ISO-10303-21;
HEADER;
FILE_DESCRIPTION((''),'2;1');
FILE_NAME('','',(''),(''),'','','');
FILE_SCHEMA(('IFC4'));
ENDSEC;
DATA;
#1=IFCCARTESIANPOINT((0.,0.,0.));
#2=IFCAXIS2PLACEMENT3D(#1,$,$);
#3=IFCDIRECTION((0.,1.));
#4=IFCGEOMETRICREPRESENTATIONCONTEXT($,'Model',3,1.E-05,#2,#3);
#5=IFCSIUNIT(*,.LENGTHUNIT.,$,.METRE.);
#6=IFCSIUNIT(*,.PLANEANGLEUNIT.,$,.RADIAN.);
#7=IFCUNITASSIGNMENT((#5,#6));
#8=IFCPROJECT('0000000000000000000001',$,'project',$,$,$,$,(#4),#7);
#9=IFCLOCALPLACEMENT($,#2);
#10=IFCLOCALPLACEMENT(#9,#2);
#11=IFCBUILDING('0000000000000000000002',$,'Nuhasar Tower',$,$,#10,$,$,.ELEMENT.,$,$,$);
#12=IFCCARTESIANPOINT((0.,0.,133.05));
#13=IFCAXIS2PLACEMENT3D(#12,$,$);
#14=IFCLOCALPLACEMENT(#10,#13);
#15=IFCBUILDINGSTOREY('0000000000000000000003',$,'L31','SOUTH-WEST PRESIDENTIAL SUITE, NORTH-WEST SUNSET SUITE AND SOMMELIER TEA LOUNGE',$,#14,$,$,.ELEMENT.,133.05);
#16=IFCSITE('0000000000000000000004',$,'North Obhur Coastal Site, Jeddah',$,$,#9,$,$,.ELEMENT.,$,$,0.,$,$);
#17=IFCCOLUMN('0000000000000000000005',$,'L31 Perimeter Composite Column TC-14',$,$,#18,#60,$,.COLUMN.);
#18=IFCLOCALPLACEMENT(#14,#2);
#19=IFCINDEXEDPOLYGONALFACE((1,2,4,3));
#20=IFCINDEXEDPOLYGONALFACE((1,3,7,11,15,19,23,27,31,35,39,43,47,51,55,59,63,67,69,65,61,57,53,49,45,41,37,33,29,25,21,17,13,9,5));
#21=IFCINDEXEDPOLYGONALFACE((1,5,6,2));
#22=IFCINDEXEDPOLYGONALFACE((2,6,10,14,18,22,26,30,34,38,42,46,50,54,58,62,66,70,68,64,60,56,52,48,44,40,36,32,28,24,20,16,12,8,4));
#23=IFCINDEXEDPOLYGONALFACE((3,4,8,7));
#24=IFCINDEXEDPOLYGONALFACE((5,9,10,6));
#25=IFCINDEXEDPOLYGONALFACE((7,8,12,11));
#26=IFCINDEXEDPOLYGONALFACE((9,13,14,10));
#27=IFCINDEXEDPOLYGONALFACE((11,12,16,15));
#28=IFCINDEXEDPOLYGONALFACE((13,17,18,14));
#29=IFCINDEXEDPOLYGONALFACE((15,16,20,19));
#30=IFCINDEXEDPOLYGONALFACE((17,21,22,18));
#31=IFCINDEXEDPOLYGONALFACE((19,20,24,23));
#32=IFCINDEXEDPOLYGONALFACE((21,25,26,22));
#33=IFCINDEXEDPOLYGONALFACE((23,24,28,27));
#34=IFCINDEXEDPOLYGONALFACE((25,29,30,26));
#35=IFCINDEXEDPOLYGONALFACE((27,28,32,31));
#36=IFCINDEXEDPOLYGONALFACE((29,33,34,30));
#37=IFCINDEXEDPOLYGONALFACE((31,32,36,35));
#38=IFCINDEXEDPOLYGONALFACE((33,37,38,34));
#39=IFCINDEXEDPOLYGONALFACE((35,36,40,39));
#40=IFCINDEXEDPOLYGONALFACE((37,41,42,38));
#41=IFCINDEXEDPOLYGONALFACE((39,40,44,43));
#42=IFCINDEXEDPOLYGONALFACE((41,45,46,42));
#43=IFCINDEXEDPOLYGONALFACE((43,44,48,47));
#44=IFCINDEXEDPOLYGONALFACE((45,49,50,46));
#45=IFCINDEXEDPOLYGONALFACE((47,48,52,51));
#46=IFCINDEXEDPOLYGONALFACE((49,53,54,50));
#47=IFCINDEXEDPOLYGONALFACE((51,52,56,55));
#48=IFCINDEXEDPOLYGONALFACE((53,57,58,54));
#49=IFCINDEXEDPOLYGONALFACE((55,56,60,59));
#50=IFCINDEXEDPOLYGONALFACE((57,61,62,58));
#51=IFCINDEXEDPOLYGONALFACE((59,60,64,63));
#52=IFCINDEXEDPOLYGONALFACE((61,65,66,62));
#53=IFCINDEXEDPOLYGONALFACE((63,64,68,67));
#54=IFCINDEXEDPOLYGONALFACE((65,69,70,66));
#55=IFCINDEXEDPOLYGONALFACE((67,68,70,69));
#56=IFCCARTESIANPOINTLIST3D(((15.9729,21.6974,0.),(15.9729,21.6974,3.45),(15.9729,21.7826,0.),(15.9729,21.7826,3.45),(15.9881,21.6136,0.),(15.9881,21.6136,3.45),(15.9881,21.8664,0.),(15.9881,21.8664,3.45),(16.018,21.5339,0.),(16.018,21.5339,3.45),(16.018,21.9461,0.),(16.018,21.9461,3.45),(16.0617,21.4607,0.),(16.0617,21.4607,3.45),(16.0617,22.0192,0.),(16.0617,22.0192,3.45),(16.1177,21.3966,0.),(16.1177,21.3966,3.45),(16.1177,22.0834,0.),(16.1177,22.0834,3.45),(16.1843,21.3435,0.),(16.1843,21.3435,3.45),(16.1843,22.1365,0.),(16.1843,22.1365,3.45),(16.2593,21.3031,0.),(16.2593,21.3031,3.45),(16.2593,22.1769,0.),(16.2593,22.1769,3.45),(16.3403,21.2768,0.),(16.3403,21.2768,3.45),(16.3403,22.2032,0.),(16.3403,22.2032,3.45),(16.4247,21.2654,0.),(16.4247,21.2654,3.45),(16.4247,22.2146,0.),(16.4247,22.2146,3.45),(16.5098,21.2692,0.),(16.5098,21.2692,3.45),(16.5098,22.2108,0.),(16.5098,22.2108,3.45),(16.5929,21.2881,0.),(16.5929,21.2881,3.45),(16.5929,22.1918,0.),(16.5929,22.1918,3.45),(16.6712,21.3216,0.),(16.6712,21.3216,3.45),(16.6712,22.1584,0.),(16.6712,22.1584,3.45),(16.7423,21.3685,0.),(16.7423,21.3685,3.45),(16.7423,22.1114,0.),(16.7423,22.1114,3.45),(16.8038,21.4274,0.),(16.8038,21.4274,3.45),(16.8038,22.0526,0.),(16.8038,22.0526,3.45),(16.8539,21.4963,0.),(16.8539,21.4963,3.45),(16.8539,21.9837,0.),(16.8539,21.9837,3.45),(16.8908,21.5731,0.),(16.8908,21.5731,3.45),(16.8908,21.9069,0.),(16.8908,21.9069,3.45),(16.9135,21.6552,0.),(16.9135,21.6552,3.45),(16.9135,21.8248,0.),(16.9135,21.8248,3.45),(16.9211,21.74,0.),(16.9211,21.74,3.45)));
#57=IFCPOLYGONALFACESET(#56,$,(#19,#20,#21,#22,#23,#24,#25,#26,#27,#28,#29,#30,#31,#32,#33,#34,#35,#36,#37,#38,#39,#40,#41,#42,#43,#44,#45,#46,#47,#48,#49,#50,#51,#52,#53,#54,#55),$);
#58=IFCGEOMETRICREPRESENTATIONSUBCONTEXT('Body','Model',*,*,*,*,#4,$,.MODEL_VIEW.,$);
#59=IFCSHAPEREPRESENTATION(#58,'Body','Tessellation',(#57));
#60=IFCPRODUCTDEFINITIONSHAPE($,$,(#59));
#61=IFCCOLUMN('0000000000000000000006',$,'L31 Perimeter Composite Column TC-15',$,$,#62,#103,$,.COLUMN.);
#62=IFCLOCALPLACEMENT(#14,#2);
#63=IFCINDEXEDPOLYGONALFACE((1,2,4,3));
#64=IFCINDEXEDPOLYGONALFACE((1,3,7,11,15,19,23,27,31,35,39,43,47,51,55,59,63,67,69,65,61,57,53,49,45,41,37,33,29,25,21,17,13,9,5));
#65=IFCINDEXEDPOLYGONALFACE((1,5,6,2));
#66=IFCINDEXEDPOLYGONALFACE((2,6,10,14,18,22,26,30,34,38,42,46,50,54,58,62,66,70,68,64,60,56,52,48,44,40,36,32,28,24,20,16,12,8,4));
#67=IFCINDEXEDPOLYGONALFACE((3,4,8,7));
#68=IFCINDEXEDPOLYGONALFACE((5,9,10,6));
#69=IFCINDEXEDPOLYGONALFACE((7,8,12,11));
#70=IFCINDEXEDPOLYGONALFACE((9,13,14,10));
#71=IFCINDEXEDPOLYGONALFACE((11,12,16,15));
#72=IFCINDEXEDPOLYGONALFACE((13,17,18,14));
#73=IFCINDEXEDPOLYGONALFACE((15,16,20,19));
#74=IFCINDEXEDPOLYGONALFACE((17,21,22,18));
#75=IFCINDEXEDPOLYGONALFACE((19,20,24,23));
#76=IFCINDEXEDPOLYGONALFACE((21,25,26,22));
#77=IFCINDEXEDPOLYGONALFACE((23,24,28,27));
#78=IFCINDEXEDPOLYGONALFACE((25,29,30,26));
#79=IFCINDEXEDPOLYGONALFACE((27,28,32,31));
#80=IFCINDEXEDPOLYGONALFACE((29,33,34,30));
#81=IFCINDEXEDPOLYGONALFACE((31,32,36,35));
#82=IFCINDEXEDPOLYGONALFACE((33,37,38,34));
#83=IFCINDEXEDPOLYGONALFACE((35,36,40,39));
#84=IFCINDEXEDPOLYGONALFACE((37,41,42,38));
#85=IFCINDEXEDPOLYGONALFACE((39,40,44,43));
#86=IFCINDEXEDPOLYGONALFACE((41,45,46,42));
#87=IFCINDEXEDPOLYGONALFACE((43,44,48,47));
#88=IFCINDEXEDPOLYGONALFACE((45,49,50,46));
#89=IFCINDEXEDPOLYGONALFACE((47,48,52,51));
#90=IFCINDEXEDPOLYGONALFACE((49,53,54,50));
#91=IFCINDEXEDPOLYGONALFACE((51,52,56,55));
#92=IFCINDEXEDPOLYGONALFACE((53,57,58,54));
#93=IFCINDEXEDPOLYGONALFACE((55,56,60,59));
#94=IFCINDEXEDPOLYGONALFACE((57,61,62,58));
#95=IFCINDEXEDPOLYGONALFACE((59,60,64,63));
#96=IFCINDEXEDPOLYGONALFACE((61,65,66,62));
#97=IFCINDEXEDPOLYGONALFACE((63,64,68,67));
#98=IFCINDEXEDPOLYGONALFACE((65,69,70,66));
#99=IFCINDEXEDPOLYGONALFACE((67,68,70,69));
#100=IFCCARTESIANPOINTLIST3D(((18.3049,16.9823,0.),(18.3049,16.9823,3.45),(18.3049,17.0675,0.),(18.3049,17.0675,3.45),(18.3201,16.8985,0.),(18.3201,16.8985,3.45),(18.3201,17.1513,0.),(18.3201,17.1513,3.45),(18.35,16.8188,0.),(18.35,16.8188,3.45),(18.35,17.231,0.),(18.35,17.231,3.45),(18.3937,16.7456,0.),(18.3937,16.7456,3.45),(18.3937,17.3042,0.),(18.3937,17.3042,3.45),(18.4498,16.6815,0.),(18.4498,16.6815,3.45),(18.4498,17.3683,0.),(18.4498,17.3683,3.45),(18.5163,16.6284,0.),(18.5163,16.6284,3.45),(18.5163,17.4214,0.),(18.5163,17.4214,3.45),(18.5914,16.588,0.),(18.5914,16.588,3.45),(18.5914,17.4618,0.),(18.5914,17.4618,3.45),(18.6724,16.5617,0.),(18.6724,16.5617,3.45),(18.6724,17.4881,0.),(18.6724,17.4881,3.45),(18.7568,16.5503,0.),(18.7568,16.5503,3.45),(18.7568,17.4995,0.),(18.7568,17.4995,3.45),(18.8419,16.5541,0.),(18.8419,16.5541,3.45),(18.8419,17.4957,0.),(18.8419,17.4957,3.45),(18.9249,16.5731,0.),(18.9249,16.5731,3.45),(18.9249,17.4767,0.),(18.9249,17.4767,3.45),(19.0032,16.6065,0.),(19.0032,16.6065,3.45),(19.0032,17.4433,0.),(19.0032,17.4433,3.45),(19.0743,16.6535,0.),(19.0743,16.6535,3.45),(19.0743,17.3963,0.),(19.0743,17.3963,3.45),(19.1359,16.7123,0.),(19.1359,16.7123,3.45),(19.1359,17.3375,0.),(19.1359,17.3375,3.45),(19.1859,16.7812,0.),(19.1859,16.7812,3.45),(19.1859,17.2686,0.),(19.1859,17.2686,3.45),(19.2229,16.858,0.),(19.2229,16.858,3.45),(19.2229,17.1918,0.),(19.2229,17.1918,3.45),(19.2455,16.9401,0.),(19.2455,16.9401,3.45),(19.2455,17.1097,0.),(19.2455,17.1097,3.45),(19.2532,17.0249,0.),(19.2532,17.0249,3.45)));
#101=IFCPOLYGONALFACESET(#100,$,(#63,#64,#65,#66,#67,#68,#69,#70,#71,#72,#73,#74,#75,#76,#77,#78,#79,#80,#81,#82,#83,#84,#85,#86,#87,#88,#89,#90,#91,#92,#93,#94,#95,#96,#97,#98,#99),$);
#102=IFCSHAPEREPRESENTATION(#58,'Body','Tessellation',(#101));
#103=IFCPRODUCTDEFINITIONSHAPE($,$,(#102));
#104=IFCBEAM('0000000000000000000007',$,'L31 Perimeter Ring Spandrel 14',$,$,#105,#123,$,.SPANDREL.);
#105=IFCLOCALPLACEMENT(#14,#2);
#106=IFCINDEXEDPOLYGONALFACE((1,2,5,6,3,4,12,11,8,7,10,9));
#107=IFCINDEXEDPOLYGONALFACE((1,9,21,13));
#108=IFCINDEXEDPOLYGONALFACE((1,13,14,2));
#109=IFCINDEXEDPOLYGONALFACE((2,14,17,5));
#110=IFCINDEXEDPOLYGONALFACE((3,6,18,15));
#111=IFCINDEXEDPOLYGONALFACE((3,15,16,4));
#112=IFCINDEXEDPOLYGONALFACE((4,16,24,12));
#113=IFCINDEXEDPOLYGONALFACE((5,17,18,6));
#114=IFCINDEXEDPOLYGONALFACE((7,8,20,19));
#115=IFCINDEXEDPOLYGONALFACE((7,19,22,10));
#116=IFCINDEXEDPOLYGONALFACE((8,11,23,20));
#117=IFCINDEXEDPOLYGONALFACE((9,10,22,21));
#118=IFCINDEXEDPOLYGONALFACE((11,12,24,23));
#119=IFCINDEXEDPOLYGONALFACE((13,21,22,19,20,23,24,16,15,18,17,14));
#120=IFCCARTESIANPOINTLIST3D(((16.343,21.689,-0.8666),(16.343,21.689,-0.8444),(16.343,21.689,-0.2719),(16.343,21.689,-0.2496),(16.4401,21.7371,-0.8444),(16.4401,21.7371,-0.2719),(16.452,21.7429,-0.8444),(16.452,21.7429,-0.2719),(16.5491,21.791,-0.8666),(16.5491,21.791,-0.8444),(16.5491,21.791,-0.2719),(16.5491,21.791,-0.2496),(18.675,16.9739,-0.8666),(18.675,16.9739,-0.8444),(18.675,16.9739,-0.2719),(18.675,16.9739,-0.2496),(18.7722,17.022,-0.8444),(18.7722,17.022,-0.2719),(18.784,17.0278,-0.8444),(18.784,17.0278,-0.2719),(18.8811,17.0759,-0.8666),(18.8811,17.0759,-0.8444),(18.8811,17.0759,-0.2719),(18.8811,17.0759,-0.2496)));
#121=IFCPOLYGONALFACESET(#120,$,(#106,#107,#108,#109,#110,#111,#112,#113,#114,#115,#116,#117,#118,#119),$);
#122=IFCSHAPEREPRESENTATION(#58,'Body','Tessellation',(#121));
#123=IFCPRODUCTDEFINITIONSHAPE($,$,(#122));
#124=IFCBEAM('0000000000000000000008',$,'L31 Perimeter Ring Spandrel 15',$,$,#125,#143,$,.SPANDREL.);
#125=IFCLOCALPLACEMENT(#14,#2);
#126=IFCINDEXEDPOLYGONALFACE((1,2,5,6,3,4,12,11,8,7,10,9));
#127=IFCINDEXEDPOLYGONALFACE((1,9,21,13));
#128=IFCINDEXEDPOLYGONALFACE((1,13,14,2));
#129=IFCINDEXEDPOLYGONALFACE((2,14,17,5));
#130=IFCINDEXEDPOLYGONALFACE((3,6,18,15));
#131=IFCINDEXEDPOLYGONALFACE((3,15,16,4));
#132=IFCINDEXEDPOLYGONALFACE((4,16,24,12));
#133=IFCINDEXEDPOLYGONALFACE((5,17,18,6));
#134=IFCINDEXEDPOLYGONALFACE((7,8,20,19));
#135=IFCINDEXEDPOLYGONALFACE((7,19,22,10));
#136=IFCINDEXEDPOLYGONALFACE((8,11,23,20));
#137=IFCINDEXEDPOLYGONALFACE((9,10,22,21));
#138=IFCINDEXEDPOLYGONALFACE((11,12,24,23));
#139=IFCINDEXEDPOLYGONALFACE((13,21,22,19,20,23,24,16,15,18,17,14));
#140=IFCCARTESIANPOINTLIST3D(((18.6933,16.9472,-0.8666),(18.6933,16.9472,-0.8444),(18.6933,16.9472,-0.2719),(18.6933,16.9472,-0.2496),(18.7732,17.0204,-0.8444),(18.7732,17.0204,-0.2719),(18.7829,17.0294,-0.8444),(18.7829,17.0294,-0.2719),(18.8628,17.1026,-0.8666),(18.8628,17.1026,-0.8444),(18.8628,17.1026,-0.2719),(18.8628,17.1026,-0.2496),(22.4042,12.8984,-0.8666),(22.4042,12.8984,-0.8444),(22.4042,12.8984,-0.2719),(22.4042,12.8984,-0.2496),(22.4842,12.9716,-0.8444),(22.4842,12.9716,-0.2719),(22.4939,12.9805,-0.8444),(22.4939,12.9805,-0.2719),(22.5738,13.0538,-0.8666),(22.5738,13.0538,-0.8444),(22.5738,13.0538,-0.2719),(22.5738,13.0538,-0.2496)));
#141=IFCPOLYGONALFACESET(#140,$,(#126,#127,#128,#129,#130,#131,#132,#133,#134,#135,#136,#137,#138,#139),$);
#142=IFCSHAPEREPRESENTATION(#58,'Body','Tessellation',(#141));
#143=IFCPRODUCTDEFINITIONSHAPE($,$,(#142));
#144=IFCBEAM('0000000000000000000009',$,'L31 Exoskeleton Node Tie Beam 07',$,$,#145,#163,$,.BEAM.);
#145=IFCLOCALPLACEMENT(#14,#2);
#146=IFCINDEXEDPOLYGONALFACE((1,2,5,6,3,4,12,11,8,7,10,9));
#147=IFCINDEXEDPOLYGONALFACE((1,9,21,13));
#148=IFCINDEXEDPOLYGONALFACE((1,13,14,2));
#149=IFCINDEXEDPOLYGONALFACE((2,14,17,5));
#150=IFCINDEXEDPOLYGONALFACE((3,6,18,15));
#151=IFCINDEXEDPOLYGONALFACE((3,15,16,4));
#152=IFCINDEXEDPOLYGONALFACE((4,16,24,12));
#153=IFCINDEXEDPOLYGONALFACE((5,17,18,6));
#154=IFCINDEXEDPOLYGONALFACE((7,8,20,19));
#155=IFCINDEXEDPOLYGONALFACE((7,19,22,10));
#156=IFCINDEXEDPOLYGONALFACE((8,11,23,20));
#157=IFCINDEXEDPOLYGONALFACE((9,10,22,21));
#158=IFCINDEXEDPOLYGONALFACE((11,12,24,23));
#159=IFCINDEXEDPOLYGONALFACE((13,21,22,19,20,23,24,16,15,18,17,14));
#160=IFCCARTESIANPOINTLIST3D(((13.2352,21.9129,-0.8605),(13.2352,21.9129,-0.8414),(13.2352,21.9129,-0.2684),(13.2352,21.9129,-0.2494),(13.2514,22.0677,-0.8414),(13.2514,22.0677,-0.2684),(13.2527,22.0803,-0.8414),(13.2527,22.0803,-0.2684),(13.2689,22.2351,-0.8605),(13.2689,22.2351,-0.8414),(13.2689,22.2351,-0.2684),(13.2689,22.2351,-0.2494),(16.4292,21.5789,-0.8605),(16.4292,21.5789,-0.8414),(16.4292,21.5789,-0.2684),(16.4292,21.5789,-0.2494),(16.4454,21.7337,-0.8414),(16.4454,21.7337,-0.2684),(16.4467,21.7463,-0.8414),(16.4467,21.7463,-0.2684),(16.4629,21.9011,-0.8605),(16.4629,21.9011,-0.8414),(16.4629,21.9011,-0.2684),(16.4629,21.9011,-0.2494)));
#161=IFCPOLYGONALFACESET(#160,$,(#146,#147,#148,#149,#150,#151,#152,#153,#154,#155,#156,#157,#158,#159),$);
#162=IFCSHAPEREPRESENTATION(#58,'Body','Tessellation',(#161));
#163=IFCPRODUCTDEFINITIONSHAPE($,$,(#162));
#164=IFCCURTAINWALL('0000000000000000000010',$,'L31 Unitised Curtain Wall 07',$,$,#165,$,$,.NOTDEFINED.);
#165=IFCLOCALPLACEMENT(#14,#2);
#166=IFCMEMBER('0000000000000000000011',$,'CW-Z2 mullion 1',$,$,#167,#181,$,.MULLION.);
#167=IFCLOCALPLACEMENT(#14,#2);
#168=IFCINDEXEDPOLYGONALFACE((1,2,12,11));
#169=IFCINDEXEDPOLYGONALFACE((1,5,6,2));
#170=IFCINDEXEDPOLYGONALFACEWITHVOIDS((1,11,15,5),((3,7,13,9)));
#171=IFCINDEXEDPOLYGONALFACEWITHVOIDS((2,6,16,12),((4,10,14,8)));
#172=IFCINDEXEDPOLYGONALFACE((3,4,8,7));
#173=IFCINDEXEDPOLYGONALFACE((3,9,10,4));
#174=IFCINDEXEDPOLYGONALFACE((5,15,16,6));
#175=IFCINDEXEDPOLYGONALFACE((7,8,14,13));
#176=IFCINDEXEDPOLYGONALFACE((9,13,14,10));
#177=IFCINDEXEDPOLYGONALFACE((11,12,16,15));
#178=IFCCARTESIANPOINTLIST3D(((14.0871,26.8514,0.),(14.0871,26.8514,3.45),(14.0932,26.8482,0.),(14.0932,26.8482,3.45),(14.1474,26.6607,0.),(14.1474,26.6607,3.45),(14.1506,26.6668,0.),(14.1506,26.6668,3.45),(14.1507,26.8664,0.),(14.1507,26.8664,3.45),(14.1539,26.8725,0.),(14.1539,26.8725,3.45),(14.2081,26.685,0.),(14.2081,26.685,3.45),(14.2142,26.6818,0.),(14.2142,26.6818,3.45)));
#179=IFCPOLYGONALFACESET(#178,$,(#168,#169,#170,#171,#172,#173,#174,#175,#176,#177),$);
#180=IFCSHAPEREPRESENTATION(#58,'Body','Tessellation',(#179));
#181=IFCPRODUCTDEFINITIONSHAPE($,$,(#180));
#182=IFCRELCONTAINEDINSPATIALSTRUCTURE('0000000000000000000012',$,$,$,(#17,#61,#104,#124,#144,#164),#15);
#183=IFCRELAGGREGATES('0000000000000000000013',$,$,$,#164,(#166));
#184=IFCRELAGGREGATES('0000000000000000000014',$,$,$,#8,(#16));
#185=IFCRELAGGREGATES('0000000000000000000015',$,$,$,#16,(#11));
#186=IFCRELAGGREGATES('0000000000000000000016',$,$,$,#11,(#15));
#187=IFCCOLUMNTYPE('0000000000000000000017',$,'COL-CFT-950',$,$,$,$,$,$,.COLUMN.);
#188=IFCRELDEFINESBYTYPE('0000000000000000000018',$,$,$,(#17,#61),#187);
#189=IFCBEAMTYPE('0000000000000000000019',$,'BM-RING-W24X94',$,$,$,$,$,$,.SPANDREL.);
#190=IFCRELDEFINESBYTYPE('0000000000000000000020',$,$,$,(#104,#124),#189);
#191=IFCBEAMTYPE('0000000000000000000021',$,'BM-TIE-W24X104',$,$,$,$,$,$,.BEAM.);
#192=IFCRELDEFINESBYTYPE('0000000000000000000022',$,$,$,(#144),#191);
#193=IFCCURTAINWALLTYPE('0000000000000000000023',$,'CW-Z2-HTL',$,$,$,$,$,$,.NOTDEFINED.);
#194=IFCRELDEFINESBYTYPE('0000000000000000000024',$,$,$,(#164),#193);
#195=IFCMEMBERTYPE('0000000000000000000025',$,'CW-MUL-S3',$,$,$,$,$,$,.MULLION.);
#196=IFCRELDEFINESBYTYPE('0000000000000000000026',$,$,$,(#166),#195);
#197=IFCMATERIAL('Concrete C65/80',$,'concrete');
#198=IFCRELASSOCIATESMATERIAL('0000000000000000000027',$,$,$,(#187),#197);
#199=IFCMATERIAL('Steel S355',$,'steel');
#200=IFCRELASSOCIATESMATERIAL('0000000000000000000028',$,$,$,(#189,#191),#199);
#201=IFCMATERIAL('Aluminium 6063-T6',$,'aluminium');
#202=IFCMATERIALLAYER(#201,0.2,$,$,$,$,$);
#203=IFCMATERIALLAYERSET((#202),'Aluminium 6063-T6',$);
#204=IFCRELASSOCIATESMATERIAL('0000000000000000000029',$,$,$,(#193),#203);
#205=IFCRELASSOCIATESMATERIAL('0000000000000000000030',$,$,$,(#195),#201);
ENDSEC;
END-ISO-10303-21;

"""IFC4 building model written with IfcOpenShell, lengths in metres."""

from ifc_helpers import new_model, si_unit, direction, frame, origin, origin_2d, place, context, subcontext, project, spatial, hollow_rectangle, circle, i_section, extrude, material, layer, layer_set, material_profile, profile_set, type_object, element, aggregate, save


model = new_model("IFC4")

# Units and contexts
model_context = context("Model", 3, precision=1e-05, world=origin(), true_north=direction((0.0, 1.0)))
body_context = subcontext(model_context, "Body", "Model", "MODEL_VIEW")
ifc_project = project(units=[si_unit("LENGTHUNIT", "METRE"), si_unit("PLANEANGLEUNIT", "RADIAN")], contexts=[model_context])

# Site, building, storey
site_placement = place(None, origin())
site = spatial("IfcSite", under=ifc_project, at=site_placement, Name="North Obhur Coastal Site, Jeddah", CompositionType="ELEMENT", RefElevation=0.0)
building_placement = place(site_placement, origin())
building = spatial("IfcBuilding", under=site, at=building_placement, Name="Nuhasar Tower", CompositionType="ELEMENT")
storey_placement = place(building_placement, frame((0.0, 0.0, 133.05)))
storey = spatial("IfcBuildingStorey", under=building, at=storey_placement, Name="L31", Description="SOUTH-WEST PRESIDENTIAL SUITE, NORTH-WEST SUNSET SUITE AND SOMMELIER TEA LOUNGE", CompositionType="ELEMENT", Elevation=133.05)

# Columns
ifc_material_1 = material(Name="Concrete C65/80", Category="concrete")
ifc_material_profile_1 = material_profile(ifc_material_1, circle(Radius=0.4751, at=origin_2d()), Name="CFT950")
ifc_profile_set_1 = profile_set([ifc_material_profile_1], Name="Concrete C65/80")
column_type = type_object("IfcColumnType", Name="COL-CFT-950", PredefinedType="COLUMN", material=ifc_profile_set_1)
for number, where, z_axis, x_axis, name in (
    (1, (16.446, 21.74, 0.0), (0.0, 0.0, 1.0), (1.0, 0.0, 0.0), "L31 Perimeter Composite Column TC-14"),
    (2, (18.7781, 17.0249, 0.0), (0.0, 0.0, 1.0), (1.0, 0.0, 0.0), "L31 Perimeter Composite Column TC-15"),
):
    element("IfcColumn", number, at=place(storey_placement, frame(where, z_axis=z_axis, x_axis=x_axis)), inside=storey, type_object=column_type, Name=name, PredefinedType="COLUMN", context=body_context, shape_type="SweptSolid", body=[
        extrude(circle(Radius=0.4751, at=origin_2d()), origin(), (0.0, 0.0, 1.0), 3.45),
    ])

# Beams
ifc_material_2 = material(Name="Steel S355", Category="steel")
ifc_material_profile_2 = material_profile(ifc_material_2, i_section(OverallWidth=0.23, OverallDepth=0.6169, WebThickness=0.0132, FlangeThickness=0.0222, at=origin_2d()), Name="W24X94")
ifc_profile_set_2 = profile_set([ifc_material_profile_2], Name="Steel S355")
beam_type_1 = type_object("IfcBeamType", Name="BM-RING-W24X94", PredefinedType="SPANDREL", material=ifc_profile_set_2)
beam_1_placement = place(storey_placement, frame((16.446, 21.74, -0.5581), z_axis=(0.443329, -0.896359, 0.0), x_axis=(0.896359, 0.443329, 0.0)))
element("IfcBeam", 3, at=beam_1_placement, inside=storey, type_object=beam_type_1, Name="L31 Perimeter Ring Spandrel 14", PredefinedType="SPANDREL", context=body_context, shape_type="SweptSolid", body=[
    extrude(i_section(OverallWidth=0.23, OverallDepth=0.6169, WebThickness=0.0132, FlangeThickness=0.0222, at=origin_2d()), origin(), (0.0, 0.0, 1.0), 5.2603),
])
beam_2_placement = place(storey_placement, frame((18.7781, 17.0249, -0.5581), z_axis=(0.675676, -0.737198, 0.0), x_axis=(0.737198, 0.675676, 0.0)))
element("IfcBeam", 4, at=beam_2_placement, inside=storey, type_object=beam_type_1, Name="L31 Perimeter Ring Spandrel 15", PredefinedType="SPANDREL", context=body_context, shape_type="SweptSolid", body=[
    extrude(i_section(OverallWidth=0.23, OverallDepth=0.6169, WebThickness=0.0132, FlangeThickness=0.0222, at=origin_2d()), origin(), (0.0, 0.0, 1.0), 5.4922),
])
ifc_material_profile_3 = material_profile(ifc_material_2, i_section(OverallWidth=0.324, OverallDepth=0.6111, WebThickness=0.0127, FlangeThickness=0.019, at=origin_2d()), Name="W24X104")
ifc_profile_set_3 = profile_set([ifc_material_profile_3], Name="Steel S355")
beam_type_2 = type_object("IfcBeamType", Name="BM-TIE-W24X104", PredefinedType="BEAM", material=ifc_profile_set_3)
beam_3_placement = place(storey_placement, frame((16.446, 21.74, -0.5549), z_axis=(-0.994578, 0.103996, 0.0), x_axis=(-0.103996, -0.994578, 0.0)))
element("IfcBeam", 5, at=beam_3_placement, inside=storey, type_object=beam_type_2, Name="L31 Exoskeleton Node Tie Beam 07", PredefinedType="BEAM", context=body_context, shape_type="SweptSolid", body=[
    extrude(i_section(OverallWidth=0.324, OverallDepth=0.6111, WebThickness=0.0127, FlangeThickness=0.019, at=origin_2d()), origin(), (0.0, 0.0, 1.0), 3.2114),
])

# Curtain wall, member
ifc_material_3 = material(Name="Aluminium 6063-T6", Category="aluminium")
ifc_layer_1 = layer(ifc_material_3, 0.2)
ifc_layer_set_1 = layer_set([ifc_layer_1], Name="Aluminium 6063-T6")
curtain_wall_type = type_object("IfcCurtainWallType", Name="CW-Z2-HTL", PredefinedType="NOTDEFINED", material=ifc_layer_set_1)
curtain_wall_1_placement = place(storey_placement, origin())
curtain_wall_1 = element("IfcCurtainWall", 6, at=curtain_wall_1_placement, inside=storey, type_object=curtain_wall_type, Name="L31 Unitised Curtain Wall 07", PredefinedType="NOTDEFINED")
ifc_material_profile_4 = material_profile(ifc_material_3, hollow_rectangle(XDim=0.0701, YDim=0.2, WallThickness=0.0049, at=origin_2d()), Name="CWM-3")
ifc_profile_set_4 = profile_set([ifc_material_profile_4], Name="Aluminium 6063-T6")
member_type_1 = type_object("IfcMemberType", Name="CW-MUL-S3", PredefinedType="MULLION", material=ifc_profile_set_4)
member_1_placement = place(storey_placement, frame((14.1506, 26.7666, 0.0), z_axis=(0.0, 0.0, 1.0), x_axis=(0.953433, 0.301604, 0.0)))
member_1 = element("IfcMember", 7, at=member_1_placement, type_object=member_type_1, Name="CW-Z2 mullion 1", PredefinedType="MULLION", context=body_context, shape_type="SweptSolid", body=[
    extrude(hollow_rectangle(XDim=0.0701, YDim=0.2, WallThickness=0.0049, at=origin_2d()), origin(), (0.0, 0.0, 1.0), 3.45),
])

aggregate(curtain_wall_1, [member_1])

save(model, "model.ifc")
